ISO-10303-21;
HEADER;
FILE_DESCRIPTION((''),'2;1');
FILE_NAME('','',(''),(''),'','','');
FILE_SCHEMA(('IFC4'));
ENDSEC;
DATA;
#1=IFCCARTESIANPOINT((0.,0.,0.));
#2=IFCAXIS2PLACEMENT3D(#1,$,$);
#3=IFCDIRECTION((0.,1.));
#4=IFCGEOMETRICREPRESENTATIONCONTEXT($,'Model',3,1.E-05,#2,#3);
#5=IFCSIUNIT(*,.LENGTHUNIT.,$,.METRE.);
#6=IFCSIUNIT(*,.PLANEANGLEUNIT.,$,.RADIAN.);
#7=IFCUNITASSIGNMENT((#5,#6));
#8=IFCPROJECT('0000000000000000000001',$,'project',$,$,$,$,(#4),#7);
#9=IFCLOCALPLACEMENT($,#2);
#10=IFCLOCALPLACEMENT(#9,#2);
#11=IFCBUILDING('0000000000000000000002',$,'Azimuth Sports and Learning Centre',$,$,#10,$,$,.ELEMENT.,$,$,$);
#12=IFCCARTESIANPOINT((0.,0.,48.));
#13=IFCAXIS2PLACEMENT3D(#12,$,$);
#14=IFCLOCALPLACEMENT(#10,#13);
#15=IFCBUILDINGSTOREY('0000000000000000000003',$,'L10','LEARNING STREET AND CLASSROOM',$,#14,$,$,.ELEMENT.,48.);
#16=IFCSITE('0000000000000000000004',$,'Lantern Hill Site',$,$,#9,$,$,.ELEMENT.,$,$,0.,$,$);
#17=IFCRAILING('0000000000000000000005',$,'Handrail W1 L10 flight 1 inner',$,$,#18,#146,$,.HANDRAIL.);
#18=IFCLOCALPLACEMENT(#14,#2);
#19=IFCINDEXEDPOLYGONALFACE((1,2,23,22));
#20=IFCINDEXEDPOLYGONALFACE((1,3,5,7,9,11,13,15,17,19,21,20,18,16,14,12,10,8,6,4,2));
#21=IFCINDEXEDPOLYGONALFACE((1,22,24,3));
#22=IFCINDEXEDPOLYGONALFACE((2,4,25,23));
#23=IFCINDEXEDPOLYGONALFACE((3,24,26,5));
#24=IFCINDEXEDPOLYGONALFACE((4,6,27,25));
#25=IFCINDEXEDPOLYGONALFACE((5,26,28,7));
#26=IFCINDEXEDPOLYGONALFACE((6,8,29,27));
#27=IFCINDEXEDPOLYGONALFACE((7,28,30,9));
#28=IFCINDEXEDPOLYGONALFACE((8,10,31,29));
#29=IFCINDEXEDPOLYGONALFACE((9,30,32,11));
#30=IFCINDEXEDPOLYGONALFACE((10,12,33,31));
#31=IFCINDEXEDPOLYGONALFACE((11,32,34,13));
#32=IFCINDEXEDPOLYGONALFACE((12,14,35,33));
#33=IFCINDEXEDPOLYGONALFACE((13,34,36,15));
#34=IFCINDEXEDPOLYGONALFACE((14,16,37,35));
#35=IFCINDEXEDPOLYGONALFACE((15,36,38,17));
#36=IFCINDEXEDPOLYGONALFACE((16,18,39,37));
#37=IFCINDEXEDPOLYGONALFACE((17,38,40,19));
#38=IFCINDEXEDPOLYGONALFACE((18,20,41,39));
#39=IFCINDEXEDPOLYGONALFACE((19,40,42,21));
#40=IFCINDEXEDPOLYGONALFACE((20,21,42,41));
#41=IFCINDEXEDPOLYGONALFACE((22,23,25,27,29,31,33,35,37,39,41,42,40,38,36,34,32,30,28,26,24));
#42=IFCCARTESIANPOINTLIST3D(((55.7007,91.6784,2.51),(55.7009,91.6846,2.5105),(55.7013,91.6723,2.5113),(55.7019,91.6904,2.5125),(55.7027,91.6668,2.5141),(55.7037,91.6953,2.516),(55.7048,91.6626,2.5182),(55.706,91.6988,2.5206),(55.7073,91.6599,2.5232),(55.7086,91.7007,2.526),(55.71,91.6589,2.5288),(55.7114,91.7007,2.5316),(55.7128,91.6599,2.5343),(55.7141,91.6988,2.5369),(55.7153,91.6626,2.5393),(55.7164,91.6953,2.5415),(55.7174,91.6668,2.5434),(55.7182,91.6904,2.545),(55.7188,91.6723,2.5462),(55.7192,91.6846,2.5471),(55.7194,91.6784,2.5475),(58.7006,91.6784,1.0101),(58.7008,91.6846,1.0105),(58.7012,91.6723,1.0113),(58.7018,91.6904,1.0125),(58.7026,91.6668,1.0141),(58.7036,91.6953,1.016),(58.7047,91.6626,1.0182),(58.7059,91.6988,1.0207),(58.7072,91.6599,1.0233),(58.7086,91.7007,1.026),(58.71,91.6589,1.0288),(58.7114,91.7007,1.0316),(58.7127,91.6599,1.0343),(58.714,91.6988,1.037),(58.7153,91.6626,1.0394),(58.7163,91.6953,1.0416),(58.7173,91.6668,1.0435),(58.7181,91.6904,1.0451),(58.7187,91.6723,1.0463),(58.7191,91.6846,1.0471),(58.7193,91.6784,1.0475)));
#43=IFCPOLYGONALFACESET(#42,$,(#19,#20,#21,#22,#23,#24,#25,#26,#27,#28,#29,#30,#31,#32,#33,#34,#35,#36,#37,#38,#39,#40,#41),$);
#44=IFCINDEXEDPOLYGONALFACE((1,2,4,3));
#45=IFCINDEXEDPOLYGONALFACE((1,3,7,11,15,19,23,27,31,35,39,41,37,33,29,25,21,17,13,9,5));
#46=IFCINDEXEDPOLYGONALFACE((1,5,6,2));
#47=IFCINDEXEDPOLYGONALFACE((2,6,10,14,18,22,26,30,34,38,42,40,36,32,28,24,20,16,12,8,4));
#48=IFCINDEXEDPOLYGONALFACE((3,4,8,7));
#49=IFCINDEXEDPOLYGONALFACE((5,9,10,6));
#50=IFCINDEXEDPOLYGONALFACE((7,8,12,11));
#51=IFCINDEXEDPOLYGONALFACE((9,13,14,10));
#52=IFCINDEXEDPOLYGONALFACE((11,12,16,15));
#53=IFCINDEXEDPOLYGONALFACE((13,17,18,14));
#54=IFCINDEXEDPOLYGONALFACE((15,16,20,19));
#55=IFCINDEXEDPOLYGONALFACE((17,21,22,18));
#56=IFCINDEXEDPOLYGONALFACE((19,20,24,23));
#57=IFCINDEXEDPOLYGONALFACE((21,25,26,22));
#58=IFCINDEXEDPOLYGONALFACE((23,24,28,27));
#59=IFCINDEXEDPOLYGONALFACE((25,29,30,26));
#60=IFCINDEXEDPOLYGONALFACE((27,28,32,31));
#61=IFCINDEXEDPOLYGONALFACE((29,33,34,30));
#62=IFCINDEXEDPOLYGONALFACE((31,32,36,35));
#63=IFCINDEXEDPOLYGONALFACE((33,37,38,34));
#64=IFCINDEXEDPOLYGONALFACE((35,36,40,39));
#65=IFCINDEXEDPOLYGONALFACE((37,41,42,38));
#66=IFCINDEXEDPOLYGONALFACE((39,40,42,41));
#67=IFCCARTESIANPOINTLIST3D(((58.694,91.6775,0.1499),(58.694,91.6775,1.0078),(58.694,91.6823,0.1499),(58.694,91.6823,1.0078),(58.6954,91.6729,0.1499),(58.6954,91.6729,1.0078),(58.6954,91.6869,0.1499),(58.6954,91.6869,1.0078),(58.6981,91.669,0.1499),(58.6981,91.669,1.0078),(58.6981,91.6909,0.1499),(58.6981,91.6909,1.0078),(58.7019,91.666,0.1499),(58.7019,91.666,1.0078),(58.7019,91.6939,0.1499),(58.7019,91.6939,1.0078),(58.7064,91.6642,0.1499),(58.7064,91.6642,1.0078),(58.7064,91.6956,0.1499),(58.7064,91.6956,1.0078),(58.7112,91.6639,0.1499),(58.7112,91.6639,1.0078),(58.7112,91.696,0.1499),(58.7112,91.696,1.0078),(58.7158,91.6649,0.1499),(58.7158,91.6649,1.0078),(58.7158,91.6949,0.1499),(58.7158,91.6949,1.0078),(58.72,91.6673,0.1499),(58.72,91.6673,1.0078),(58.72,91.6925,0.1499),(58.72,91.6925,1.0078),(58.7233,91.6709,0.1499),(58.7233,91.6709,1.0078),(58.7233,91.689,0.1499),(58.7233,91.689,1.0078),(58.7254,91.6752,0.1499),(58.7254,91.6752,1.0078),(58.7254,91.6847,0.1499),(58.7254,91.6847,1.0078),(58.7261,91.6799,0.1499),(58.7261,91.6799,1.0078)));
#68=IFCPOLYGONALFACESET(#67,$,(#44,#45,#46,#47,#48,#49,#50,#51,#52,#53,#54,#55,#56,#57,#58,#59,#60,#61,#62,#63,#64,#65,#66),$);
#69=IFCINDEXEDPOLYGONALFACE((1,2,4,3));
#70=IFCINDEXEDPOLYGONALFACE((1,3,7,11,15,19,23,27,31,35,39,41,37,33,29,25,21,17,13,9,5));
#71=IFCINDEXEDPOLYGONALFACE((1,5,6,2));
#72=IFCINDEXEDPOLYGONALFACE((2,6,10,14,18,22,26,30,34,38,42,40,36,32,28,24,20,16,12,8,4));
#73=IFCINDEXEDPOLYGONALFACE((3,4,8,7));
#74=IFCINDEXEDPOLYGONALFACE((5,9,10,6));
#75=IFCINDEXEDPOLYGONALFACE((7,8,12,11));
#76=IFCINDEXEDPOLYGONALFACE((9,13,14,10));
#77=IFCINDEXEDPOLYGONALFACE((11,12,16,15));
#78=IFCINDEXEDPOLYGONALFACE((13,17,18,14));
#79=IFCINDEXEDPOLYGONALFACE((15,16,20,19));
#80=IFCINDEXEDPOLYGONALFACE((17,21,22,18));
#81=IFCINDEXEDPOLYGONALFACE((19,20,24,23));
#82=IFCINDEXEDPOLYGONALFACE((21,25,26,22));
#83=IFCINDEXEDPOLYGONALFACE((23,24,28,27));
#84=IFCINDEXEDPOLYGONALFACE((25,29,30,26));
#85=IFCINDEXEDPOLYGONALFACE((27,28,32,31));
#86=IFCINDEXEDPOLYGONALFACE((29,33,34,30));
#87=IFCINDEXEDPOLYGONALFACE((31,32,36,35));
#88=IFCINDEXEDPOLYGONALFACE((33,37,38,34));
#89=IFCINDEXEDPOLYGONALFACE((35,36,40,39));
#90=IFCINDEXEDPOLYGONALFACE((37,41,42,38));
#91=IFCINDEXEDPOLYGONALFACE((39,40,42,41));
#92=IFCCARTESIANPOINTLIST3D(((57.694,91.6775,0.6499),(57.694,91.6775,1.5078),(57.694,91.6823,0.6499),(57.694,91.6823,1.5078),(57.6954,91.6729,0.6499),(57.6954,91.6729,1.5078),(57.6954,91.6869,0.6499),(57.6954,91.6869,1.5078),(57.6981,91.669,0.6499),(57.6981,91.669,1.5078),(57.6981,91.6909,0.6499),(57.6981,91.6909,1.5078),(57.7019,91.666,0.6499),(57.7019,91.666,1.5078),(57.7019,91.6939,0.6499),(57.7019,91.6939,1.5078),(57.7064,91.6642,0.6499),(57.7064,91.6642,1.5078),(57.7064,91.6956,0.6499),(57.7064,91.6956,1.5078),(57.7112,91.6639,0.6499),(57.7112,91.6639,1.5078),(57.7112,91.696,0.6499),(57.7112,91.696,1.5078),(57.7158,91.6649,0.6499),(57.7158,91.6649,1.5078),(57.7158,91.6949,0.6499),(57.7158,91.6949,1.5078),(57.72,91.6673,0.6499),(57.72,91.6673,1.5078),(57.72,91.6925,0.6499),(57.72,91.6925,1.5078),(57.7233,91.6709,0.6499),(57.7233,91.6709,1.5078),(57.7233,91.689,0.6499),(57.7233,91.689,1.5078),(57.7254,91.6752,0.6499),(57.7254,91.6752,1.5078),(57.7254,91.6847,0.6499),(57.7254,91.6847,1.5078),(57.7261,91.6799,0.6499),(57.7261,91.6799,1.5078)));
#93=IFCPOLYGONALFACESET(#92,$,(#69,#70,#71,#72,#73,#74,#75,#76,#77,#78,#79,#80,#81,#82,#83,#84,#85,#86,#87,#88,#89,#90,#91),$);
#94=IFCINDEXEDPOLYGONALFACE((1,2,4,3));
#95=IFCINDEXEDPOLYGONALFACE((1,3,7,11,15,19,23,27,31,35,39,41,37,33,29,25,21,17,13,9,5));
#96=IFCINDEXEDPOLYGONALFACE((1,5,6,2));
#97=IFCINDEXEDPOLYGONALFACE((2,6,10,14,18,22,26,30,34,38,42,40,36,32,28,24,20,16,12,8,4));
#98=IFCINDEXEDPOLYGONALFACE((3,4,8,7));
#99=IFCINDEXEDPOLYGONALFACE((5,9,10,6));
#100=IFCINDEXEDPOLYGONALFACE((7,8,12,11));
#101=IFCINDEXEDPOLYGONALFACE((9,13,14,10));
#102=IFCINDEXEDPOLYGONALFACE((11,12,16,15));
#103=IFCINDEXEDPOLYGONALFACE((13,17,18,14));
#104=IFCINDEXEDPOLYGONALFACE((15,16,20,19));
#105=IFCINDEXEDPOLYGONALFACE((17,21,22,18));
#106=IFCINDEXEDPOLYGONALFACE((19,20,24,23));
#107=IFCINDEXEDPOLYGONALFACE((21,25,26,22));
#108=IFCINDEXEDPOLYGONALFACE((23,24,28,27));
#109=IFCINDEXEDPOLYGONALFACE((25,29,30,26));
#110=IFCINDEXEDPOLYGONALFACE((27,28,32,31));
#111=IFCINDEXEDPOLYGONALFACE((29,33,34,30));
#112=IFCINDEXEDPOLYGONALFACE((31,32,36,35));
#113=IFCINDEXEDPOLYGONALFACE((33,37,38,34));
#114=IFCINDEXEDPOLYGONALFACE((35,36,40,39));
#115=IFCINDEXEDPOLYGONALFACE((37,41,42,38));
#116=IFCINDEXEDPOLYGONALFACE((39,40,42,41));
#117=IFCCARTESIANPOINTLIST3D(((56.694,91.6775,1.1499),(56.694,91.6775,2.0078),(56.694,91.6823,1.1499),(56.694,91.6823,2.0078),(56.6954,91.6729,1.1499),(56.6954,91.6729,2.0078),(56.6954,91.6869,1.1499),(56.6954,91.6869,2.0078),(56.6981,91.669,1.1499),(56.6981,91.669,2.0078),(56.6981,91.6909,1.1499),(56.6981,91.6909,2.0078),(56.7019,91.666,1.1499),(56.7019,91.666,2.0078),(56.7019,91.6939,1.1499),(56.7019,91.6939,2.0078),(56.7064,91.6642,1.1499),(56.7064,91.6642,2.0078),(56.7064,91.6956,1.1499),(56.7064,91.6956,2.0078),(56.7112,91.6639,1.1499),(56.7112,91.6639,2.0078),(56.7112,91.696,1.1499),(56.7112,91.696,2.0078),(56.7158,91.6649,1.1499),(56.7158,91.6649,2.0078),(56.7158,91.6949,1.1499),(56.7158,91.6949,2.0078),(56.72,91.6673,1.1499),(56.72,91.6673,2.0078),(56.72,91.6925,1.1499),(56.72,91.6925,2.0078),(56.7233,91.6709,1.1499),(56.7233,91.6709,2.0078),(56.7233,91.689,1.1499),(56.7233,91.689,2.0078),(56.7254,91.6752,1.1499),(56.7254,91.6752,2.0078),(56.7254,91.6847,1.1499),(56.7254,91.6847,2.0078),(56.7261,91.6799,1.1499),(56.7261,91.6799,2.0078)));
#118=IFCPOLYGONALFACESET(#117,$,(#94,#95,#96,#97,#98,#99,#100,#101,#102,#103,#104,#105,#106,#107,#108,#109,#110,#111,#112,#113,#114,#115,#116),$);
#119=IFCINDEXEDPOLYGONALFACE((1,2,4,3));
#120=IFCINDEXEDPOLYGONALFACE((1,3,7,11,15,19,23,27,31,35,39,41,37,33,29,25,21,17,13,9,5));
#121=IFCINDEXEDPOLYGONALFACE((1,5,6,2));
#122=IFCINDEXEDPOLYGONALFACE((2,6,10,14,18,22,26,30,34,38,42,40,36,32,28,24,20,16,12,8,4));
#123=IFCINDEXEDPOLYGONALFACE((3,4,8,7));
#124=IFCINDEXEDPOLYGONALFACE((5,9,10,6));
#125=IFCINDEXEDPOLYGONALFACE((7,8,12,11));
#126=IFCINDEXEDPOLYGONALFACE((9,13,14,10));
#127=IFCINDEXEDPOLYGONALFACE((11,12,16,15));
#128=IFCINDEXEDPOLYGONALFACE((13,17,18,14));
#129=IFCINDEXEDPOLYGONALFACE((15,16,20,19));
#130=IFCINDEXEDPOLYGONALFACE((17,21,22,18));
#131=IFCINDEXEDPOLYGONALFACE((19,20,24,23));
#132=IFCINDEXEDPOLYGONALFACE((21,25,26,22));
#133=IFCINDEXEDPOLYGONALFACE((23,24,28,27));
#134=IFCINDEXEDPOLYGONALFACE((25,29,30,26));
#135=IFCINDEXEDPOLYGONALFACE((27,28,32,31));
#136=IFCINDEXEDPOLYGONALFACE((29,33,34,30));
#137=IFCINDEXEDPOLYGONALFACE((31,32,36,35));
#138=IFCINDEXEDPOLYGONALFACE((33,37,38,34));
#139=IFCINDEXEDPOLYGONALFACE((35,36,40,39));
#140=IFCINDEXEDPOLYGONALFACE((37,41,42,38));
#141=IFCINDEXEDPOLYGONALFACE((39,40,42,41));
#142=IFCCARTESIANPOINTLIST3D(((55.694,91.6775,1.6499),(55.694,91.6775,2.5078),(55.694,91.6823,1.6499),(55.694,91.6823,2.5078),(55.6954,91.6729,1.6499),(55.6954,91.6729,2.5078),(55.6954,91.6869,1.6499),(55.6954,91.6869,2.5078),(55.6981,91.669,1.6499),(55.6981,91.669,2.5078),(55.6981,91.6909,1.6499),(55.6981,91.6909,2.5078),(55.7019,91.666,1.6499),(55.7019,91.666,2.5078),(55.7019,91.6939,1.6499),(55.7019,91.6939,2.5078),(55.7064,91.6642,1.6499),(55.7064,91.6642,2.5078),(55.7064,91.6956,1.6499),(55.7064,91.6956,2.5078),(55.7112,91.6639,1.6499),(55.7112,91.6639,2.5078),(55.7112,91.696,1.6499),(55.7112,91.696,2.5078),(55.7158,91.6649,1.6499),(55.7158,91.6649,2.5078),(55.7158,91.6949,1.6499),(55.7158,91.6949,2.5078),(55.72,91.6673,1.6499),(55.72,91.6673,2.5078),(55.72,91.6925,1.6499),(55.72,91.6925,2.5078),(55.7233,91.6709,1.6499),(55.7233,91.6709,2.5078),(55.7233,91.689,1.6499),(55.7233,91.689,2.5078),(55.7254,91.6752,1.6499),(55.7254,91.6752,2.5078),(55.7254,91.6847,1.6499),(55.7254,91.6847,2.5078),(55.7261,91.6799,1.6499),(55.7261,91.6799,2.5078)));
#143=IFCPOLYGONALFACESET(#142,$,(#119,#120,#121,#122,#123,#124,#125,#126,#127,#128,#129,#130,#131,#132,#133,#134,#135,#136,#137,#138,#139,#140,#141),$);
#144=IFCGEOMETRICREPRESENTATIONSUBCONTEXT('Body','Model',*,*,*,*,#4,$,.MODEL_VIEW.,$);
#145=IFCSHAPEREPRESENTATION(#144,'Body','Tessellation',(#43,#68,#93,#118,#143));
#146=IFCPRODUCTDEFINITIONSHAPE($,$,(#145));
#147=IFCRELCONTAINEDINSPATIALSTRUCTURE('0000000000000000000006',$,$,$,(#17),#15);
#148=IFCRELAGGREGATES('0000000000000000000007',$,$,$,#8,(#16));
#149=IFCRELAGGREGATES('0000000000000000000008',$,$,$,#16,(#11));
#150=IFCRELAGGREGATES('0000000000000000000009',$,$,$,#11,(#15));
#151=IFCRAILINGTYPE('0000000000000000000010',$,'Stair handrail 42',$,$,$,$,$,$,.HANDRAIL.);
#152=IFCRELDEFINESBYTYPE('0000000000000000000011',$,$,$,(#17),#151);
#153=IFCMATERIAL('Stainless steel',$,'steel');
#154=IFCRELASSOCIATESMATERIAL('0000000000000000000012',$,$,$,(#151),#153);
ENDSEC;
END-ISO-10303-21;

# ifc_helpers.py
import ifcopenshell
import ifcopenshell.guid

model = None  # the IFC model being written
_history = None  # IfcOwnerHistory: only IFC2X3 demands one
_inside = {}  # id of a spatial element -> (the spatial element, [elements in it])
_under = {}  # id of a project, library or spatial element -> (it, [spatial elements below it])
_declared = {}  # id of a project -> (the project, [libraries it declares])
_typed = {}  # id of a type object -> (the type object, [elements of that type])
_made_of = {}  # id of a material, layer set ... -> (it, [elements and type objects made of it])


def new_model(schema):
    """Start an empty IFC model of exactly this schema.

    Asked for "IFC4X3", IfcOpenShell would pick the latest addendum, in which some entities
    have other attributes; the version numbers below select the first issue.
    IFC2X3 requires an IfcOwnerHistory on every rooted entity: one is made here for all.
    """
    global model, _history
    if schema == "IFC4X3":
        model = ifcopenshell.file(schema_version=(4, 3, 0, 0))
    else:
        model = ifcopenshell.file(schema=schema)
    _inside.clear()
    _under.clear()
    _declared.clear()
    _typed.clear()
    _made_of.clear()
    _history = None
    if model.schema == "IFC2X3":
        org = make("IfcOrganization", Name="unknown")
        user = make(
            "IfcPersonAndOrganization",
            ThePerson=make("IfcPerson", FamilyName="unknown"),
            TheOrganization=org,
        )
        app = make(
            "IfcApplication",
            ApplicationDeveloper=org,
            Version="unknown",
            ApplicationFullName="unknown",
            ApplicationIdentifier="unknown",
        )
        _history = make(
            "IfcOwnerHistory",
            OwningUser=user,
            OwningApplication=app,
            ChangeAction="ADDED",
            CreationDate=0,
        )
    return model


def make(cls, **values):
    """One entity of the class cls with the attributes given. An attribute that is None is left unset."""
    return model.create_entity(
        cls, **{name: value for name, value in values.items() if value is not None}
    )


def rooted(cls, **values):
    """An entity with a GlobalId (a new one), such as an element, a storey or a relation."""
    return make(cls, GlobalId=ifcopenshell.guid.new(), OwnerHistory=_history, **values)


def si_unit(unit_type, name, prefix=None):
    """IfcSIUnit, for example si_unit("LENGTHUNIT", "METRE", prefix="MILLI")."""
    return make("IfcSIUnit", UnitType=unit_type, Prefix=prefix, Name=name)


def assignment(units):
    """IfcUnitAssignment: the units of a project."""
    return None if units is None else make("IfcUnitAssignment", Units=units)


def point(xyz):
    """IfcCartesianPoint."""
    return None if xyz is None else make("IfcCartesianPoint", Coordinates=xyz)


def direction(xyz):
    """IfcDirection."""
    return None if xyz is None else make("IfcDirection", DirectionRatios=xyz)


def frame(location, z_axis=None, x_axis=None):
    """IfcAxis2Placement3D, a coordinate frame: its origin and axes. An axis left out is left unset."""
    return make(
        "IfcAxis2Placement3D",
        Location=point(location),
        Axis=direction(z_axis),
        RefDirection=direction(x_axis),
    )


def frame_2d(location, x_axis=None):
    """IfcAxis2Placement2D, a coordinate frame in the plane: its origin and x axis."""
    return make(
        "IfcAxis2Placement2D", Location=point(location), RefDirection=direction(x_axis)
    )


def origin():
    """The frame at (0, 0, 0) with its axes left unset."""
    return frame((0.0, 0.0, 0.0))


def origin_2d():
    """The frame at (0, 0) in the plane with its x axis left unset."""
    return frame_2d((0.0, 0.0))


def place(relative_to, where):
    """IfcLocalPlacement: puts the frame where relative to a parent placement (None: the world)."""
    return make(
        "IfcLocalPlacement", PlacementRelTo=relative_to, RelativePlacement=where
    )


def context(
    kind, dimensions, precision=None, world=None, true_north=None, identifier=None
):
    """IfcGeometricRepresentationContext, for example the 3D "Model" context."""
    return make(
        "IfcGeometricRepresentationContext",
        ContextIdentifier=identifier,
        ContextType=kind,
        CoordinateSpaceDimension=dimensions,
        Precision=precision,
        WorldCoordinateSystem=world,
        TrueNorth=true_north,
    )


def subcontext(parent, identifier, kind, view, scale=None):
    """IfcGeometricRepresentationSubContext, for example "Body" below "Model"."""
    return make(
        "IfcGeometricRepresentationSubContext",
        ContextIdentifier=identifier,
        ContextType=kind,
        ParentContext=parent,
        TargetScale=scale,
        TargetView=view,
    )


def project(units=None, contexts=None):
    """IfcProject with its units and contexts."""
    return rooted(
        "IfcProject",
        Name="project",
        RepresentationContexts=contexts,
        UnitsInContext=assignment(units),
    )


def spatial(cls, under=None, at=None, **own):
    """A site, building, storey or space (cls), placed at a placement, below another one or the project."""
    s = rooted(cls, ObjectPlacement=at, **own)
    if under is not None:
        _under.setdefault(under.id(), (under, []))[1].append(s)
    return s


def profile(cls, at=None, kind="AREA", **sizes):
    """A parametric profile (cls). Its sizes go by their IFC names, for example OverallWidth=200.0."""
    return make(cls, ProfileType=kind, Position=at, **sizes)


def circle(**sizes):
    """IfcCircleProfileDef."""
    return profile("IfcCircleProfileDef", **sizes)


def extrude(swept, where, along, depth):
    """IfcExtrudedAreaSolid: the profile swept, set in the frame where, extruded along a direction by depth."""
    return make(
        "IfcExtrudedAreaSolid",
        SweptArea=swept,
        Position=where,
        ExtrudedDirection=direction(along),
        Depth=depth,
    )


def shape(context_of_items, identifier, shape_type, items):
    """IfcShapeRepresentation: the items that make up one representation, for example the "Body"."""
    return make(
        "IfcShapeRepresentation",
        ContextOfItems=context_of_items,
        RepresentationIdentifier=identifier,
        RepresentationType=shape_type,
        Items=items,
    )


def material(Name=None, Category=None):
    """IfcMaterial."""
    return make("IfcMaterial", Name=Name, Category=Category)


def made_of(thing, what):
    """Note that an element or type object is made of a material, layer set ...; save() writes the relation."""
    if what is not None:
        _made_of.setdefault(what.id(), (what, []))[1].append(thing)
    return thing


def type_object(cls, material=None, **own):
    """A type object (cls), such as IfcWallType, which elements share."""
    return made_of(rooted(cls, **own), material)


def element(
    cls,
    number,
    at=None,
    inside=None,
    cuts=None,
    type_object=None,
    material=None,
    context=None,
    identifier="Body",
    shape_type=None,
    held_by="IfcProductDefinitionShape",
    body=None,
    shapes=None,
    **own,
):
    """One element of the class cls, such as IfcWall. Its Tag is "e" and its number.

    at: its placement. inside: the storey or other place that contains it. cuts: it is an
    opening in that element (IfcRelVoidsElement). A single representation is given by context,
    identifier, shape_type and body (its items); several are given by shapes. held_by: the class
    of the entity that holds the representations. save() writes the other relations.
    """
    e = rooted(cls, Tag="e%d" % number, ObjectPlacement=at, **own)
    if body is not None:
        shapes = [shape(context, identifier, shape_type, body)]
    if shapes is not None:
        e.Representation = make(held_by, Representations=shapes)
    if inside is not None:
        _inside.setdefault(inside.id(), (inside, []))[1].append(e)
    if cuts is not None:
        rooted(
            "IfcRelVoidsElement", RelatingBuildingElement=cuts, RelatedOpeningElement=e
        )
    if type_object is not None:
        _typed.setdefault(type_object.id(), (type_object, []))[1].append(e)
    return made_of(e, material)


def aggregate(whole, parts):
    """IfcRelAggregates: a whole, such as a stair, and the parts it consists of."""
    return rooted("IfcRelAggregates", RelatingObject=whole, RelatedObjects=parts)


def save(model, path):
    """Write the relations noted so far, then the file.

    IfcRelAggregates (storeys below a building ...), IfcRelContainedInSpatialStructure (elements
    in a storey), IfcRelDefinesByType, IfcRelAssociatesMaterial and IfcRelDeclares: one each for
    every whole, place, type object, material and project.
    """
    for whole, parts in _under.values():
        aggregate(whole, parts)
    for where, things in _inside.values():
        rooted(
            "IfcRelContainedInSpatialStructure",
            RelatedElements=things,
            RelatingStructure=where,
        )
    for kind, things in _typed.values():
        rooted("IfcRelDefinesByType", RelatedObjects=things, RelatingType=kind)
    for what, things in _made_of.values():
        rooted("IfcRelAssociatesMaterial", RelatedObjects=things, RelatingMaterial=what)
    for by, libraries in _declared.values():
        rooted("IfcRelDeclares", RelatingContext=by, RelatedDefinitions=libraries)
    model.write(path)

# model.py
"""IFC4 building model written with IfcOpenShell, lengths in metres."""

from ifc_helpers import new_model, si_unit, direction, frame, origin, origin_2d, place, context, subcontext, project, spatial, circle, extrude, material, type_object, element, save


model = new_model("IFC4")

# Units and contexts
model_context = context("Model", 3, precision=1e-05, world=origin(), true_north=direction((0.0, 1.0)))
body_context = subcontext(model_context, "Body", "Model", "MODEL_VIEW")
ifc_project = project(units=[si_unit("LENGTHUNIT", "METRE"), si_unit("PLANEANGLEUNIT", "RADIAN")], contexts=[model_context])

# Site, building, storey
site_placement = place(None, origin())
site = spatial("IfcSite", under=ifc_project, at=site_placement, Name="Lantern Hill Site", CompositionType="ELEMENT", RefElevation=0.0)
building_placement = place(site_placement, origin())
building = spatial("IfcBuilding", under=site, at=building_placement, Name="Azimuth Sports and Learning Centre", CompositionType="ELEMENT")
storey_placement = place(building_placement, frame((0.0, 0.0, 48.0)))
storey = spatial("IfcBuildingStorey", under=building, at=storey_placement, Name="L10", Description="LEARNING STREET AND CLASSROOM", CompositionType="ELEMENT", Elevation=48.0)

# Railing
ifc_material_1 = material(Name="Stainless steel", Category="steel")
railing_type_1 = type_object("IfcRailingType", Name="Stair handrail 42", PredefinedType="HANDRAIL", material=ifc_material_1)
for number, where, name in (
    (1, (58.71, 91.6799, 0.1499), "Handrail W1 L10 flight 1 inner"),
):
    element("IfcRailing", number, at=place(storey_placement, frame(where)), inside=storey, type_object=railing_type_1, Name=name, PredefinedType="HANDRAIL", context=body_context, shape_type="SweptSolid", body=[
        extrude(circle(Radius=0.021, at=origin_2d()), frame((0.0, 0.0, 0.8789), z_axis=(-0.894427, 0.0, 0.447214), x_axis=(0.0, -1.0, 0.0)), (0.0, 0.0, 1.0), 3.354),
        extrude(circle(Radius=0.0161, at=origin_2d()), origin(), (0.0, 0.0, 1.0), 0.8579),
        extrude(circle(Radius=0.0161, at=origin_2d()), frame((-1.0, 0.0, 0.5)), (0.0, 0.0, 1.0), 0.8579),
        extrude(circle(Radius=0.0161, at=origin_2d()), frame((-2.0, 0.0, 1.0)), (0.0, 0.0, 1.0), 0.8579),
        extrude(circle(Radius=0.0161, at=origin_2d()), frame((-3.0, 0.0, 1.5)), (0.0, 0.0, 1.0), 0.8579),
    ])

save(model, "model.ifc")
